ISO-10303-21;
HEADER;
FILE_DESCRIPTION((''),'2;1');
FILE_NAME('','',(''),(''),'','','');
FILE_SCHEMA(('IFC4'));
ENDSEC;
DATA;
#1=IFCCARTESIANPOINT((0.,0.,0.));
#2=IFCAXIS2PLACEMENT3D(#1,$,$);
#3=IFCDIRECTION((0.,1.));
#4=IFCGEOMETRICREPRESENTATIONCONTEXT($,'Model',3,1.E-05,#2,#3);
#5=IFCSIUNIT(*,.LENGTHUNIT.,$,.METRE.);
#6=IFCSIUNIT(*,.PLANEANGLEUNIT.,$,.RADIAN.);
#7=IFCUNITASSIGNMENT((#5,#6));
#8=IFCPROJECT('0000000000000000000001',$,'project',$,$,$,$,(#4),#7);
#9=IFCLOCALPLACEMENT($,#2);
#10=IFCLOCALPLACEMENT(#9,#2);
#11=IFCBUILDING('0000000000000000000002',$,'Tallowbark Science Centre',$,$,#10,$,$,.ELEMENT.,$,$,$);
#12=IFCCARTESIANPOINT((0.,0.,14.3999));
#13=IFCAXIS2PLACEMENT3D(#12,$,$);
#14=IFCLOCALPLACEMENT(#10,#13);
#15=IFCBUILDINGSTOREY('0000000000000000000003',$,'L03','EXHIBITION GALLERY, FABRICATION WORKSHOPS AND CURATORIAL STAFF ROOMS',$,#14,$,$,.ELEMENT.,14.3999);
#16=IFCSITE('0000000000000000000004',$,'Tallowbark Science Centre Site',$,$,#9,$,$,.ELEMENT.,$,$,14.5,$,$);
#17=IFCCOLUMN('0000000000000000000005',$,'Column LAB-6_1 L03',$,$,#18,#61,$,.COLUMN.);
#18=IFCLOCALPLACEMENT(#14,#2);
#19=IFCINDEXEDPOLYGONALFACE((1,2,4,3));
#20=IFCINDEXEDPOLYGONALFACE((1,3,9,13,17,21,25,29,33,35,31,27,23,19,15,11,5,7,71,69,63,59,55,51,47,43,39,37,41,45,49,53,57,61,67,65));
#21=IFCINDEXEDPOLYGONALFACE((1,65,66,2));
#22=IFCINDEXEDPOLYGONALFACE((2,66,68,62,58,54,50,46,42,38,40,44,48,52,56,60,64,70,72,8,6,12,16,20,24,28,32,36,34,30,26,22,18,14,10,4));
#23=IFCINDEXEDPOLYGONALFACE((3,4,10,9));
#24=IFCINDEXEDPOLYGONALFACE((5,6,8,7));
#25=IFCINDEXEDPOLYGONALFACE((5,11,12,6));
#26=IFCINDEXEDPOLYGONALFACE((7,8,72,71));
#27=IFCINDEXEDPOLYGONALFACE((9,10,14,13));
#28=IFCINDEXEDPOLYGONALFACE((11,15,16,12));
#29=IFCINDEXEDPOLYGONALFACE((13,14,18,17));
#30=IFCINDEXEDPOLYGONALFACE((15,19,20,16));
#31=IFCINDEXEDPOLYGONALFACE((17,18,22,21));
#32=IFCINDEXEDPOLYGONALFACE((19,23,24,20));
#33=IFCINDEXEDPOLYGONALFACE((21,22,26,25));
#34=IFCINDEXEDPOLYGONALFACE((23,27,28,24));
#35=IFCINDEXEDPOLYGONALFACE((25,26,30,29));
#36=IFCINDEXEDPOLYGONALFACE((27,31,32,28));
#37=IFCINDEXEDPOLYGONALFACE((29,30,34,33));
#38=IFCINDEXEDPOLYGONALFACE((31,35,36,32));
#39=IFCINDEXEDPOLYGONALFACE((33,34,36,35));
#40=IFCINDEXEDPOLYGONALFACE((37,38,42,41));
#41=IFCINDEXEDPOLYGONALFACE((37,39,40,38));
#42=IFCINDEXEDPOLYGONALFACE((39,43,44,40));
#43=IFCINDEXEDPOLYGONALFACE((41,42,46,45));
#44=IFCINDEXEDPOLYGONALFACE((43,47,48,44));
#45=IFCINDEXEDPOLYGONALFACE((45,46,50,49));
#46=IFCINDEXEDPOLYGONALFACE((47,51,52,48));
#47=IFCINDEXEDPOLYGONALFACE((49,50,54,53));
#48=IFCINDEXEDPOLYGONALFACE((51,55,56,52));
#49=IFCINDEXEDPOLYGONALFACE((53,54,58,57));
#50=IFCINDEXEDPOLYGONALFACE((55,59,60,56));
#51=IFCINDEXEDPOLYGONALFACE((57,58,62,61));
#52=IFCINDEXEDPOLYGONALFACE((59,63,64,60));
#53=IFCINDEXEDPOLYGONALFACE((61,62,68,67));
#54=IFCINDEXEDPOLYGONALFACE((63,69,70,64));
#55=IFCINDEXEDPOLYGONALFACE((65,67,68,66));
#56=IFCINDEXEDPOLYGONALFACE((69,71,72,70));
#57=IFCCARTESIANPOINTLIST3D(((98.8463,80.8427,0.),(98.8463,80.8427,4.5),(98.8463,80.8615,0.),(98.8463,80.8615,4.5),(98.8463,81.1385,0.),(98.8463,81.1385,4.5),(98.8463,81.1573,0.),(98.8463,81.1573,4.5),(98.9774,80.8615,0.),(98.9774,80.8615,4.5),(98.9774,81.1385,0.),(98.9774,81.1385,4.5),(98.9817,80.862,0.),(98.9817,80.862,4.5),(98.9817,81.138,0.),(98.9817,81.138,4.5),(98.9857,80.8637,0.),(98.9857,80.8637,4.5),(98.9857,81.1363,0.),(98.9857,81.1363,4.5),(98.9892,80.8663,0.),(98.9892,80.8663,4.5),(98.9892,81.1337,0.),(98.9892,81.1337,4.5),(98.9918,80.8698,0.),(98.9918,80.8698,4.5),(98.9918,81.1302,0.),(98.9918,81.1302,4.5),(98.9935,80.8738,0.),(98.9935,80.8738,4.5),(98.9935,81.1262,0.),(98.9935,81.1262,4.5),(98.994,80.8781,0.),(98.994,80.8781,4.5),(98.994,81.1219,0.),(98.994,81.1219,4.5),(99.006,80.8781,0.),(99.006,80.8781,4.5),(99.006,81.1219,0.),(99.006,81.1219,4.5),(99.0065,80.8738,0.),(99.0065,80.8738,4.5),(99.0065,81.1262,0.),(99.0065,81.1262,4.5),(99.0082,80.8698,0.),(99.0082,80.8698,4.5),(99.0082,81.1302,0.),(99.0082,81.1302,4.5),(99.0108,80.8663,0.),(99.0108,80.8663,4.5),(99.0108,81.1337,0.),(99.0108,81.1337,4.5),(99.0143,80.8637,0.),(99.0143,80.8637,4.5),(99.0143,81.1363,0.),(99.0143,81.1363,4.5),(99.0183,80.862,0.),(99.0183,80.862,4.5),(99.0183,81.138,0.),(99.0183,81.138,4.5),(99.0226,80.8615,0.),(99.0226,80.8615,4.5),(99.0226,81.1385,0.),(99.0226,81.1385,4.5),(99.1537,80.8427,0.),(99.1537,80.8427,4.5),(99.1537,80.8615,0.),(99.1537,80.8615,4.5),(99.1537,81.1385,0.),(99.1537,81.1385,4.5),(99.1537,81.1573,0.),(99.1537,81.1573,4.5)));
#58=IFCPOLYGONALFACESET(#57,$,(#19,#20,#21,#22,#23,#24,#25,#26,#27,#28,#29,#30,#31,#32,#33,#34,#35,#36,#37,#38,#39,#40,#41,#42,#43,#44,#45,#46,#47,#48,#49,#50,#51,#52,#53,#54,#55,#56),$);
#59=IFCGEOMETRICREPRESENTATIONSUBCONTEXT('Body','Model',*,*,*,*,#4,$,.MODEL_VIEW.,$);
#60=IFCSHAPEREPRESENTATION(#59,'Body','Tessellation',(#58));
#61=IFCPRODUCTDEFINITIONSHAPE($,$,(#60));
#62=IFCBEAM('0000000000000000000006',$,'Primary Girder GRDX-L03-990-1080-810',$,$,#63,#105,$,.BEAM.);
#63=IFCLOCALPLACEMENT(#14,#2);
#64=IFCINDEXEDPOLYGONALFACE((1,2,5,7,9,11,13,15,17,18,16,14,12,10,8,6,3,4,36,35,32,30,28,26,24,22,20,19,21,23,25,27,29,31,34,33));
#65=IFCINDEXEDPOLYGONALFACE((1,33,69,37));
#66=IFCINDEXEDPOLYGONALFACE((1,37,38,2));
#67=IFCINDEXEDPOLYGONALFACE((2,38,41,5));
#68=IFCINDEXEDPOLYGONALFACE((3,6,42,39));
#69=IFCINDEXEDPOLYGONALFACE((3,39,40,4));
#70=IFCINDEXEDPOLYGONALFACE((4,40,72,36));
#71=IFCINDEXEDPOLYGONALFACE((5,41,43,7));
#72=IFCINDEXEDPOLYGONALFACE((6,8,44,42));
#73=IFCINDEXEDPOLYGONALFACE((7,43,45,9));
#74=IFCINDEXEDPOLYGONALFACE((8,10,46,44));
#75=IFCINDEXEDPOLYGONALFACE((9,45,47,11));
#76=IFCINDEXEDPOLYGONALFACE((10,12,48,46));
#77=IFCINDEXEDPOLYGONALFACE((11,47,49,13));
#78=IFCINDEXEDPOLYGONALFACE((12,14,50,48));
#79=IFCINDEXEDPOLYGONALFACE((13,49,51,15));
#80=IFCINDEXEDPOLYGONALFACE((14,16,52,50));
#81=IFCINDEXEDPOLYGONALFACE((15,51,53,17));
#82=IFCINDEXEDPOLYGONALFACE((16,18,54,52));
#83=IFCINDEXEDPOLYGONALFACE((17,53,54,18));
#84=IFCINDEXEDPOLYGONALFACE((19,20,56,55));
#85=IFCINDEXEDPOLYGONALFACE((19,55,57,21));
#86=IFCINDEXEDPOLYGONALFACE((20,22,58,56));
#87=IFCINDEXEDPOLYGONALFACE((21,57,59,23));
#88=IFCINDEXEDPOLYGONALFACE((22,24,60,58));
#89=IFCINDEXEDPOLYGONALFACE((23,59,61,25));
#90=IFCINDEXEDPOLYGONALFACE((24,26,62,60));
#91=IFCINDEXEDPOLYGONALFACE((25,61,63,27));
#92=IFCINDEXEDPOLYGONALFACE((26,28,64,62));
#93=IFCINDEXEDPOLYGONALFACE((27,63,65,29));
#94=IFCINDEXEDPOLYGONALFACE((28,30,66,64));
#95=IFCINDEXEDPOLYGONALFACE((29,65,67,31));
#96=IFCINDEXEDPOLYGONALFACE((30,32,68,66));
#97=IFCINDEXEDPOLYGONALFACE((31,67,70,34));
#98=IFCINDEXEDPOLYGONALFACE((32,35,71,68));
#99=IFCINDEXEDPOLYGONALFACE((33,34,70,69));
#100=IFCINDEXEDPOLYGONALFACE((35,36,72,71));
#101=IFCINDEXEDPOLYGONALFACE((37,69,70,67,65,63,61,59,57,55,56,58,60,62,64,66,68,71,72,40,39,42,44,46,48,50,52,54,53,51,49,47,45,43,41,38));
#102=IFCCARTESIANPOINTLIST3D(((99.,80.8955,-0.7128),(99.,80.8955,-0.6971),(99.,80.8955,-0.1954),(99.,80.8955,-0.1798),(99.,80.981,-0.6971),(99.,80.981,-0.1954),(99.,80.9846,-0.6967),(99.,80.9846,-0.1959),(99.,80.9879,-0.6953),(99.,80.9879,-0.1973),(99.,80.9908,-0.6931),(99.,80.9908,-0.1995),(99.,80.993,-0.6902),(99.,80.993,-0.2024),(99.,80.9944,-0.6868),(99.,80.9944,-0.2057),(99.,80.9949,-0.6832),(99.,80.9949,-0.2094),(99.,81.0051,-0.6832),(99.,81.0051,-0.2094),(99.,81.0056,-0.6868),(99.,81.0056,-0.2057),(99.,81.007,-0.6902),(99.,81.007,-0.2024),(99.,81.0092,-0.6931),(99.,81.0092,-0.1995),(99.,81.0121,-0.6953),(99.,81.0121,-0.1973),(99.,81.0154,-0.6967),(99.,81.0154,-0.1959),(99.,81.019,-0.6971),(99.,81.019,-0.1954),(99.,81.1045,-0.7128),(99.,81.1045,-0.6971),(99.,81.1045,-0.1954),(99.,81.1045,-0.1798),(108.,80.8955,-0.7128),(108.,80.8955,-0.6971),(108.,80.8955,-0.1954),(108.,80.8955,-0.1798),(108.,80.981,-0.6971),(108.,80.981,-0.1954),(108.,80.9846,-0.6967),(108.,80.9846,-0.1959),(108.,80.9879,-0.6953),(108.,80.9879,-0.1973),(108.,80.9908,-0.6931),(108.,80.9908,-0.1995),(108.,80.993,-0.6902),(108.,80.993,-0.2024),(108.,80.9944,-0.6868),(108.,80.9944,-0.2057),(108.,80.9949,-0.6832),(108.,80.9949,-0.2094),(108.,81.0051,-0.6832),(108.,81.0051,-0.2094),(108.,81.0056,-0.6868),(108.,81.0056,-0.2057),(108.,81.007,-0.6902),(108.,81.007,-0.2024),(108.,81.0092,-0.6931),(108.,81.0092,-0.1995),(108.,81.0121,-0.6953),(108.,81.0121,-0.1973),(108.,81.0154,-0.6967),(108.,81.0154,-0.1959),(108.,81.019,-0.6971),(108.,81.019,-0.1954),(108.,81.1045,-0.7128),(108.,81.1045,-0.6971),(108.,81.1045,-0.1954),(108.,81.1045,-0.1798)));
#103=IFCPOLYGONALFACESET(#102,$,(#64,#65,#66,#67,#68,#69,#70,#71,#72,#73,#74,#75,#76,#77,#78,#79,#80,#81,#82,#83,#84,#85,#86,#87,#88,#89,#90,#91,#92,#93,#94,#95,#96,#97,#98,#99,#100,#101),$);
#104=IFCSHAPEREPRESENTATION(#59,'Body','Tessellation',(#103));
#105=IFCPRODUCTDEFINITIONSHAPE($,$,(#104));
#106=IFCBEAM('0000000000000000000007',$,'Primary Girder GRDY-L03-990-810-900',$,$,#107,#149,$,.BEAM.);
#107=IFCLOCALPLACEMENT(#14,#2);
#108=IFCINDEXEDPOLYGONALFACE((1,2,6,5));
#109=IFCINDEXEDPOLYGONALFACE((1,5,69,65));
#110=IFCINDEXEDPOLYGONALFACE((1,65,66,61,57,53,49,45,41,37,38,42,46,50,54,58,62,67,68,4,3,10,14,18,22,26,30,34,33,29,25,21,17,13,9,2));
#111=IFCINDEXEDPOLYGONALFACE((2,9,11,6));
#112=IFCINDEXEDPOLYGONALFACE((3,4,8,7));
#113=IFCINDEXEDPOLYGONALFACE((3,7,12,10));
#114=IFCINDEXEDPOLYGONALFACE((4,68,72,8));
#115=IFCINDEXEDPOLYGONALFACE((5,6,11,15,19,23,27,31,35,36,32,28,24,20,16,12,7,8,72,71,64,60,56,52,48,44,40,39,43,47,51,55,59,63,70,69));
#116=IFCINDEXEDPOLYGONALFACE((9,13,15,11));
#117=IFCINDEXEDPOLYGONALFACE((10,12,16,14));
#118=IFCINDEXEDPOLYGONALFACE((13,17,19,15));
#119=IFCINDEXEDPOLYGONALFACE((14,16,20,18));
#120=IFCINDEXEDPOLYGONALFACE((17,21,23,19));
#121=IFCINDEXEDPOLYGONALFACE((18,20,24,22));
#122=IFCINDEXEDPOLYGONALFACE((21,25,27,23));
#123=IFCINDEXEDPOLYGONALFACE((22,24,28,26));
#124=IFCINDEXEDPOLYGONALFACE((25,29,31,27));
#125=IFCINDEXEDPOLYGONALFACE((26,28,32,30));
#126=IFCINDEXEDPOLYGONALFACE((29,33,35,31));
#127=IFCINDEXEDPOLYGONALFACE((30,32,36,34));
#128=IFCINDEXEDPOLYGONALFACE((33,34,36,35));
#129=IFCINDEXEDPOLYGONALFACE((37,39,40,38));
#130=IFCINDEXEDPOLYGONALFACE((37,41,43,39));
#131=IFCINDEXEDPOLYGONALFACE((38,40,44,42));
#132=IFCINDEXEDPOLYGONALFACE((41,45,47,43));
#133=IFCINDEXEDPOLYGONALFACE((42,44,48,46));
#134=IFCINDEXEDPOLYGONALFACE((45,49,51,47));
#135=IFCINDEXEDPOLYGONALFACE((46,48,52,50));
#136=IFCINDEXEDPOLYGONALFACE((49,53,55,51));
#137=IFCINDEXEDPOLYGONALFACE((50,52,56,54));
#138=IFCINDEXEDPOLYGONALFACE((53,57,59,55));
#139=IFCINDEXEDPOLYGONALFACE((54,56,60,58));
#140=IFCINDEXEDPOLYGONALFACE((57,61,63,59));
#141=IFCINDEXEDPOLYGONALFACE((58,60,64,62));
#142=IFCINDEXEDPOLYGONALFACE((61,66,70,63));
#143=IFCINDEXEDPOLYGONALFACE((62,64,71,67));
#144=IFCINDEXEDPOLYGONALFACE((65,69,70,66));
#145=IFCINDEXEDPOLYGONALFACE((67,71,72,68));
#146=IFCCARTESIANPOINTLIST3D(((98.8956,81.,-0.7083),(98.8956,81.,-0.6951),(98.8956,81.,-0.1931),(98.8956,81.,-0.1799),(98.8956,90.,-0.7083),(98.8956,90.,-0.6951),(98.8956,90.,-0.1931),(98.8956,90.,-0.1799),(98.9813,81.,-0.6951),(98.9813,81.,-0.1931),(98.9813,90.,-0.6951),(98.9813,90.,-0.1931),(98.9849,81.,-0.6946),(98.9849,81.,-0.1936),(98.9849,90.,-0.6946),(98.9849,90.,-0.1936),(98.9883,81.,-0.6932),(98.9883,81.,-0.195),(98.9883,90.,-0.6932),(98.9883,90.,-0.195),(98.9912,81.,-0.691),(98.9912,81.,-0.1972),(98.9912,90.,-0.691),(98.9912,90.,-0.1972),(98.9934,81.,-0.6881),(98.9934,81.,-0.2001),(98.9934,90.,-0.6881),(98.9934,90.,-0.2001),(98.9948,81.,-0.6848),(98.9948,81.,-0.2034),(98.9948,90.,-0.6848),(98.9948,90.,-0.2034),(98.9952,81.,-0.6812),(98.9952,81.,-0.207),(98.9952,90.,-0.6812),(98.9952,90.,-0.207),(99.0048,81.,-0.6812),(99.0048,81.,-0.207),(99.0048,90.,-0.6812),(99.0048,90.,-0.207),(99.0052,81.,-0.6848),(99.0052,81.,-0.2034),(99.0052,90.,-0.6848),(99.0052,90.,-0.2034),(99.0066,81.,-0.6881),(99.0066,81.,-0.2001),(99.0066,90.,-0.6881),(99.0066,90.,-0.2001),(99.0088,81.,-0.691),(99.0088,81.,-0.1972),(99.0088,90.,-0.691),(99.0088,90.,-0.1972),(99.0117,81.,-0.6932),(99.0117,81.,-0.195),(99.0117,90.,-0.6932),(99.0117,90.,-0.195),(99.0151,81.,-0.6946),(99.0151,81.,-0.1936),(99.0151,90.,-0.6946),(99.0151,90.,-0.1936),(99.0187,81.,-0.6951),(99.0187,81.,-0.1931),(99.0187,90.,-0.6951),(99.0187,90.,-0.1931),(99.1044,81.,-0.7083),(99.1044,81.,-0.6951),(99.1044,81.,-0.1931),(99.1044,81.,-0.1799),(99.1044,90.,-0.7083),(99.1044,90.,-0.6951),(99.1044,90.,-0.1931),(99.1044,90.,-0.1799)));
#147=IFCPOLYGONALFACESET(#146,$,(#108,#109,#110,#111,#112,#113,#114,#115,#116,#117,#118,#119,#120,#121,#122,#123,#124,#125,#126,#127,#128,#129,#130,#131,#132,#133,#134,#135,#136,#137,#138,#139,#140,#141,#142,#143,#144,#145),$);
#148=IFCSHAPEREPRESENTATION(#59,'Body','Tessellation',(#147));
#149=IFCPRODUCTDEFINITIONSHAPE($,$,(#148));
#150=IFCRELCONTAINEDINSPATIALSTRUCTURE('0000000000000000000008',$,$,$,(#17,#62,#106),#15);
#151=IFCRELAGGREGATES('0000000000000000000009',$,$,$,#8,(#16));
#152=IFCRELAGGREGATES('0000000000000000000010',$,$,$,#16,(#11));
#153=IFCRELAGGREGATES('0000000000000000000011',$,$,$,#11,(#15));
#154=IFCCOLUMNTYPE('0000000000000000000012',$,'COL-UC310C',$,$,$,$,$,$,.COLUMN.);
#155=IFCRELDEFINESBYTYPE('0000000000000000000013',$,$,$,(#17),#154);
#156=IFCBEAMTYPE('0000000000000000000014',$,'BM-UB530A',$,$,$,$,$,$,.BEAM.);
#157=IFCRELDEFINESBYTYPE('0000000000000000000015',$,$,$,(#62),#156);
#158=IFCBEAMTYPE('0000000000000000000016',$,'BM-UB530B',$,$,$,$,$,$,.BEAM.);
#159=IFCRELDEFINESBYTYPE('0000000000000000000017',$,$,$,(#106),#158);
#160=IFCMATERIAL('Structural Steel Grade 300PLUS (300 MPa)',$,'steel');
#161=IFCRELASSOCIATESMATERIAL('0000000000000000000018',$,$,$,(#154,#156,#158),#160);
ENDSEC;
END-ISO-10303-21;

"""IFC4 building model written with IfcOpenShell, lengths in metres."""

from ifc_helpers import new_model, si_unit, direction, frame, origin, origin_2d, place, context, subcontext, project, spatial, i_section, extrude, material, material_profile, profile_set, type_object, element, save


model = new_model("IFC4")

# Units and contexts
model_context = context("Model", 3, precision=1e-05, world=origin(), true_north=direction((0.0, 1.0)))
body_context = subcontext(model_context, "Body", "Model", "MODEL_VIEW")
ifc_project = project(units=[si_unit("LENGTHUNIT", "METRE"), si_unit("PLANEANGLEUNIT", "RADIAN")], contexts=[model_context])

# Site, building, storey
site_placement = place(None, origin())
site = spatial("IfcSite", under=ifc_project, at=site_placement, Name="Tallowbark Science Centre Site", CompositionType="ELEMENT", RefElevation=14.5)
building_placement = place(site_placement, origin())
building = spatial("IfcBuilding", under=site, at=building_placement, Name="Tallowbark Science Centre", CompositionType="ELEMENT")
storey_placement = place(building_placement, frame((0.0, 0.0, 14.3999)))
storey = spatial("IfcBuildingStorey", under=building, at=storey_placement, Name="L03", Description="EXHIBITION GALLERY, FABRICATION WORKSHOPS AND CURATORIAL STAFF ROOMS", CompositionType="ELEMENT", Elevation=14.3999)

# Column
ifc_material_1 = material(Name="Structural Steel Grade 300PLUS (300 MPa)", Category="steel")
ifc_material_profile_1 = material_profile(ifc_material_1, i_section(OverallWidth=0.3074, OverallDepth=0.3147, WebThickness=0.012, FlangeThickness=0.0188, FilletRadius=0.0166, at=origin_2d()), Name="310UC118")
ifc_profile_set_1 = profile_set([ifc_material_profile_1], Name="Structural Steel Grade 300PLUS (300 MPa)")
column_type = type_object("IfcColumnType", Name="COL-UC310C", PredefinedType="COLUMN", material=ifc_profile_set_1)
column_placement = place(storey_placement, frame((99.0, 81.0, 0.0), z_axis=(0.0, 0.0, 1.0), x_axis=(1.0, 0.0, 0.0)))
element("IfcColumn", 1, at=column_placement, inside=storey, type_object=column_type, Name="Column LAB-6_1 L03", PredefinedType="COLUMN", context=body_context, shape_type="SweptSolid", body=[
    extrude(i_section(OverallWidth=0.3074, OverallDepth=0.3147, WebThickness=0.012, FlangeThickness=0.0188, FilletRadius=0.0166, at=origin_2d()), origin(), (0.0, 0.0, 1.0), 4.5),
])

# Beams
ifc_material_profile_2 = material_profile(ifc_material_1, i_section(OverallWidth=0.209, OverallDepth=0.533, WebThickness=0.0103, FlangeThickness=0.0156, FilletRadius=0.0139, at=origin_2d()), Name="530UB92.4")
ifc_profile_set_2 = profile_set([ifc_material_profile_2], Name="Structural Steel Grade 300PLUS (300 MPa)")
beam_type_1 = type_object("IfcBeamType", Name="BM-UB530A", PredefinedType="BEAM", material=ifc_profile_set_2)
beam_1_placement = place(storey_placement, frame((99.0, 81.0, -0.4463), z_axis=(1.0, 0.0, 0.0), x_axis=(0.0, 1.0, 0.0)))
element("IfcBeam", 2, at=beam_1_placement, inside=storey, type_object=beam_type_1, Name="Primary Girder GRDX-L03-990-1080-810", PredefinedType="BEAM", context=body_context, shape_type="SweptSolid", body=[
    extrude(i_section(OverallWidth=0.209, OverallDepth=0.533, WebThickness=0.0103, FlangeThickness=0.0156, FilletRadius=0.0139, at=origin_2d()), origin(), (0.0, 0.0, 1.0), 9.0),
])
ifc_material_profile_3 = material_profile(ifc_material_1, i_section(OverallWidth=0.2087, OverallDepth=0.5283, WebThickness=0.0095, FlangeThickness=0.0132, FilletRadius=0.0139, at=origin_2d()), Name="530UB82.0")
ifc_profile_set_3 = profile_set([ifc_material_profile_3], Name="Structural Steel Grade 300PLUS (300 MPa)")
beam_type_2 = type_object("IfcBeamType", Name="BM-UB530B", PredefinedType="BEAM", material=ifc_profile_set_3)
beam_2_placement = place(storey_placement, frame((99.0, 81.0, -0.4441), z_axis=(0.0, 1.0, 0.0), x_axis=(-1.0, 0.0, 0.0)))
element("IfcBeam", 3, at=beam_2_placement, inside=storey, type_object=beam_type_2, Name="Primary Girder GRDY-L03-990-810-900", PredefinedType="BEAM", context=body_context, shape_type="SweptSolid", body=[
    extrude(i_section(OverallWidth=0.2087, OverallDepth=0.5283, WebThickness=0.0095, FlangeThickness=0.0132, FilletRadius=0.0139, at=origin_2d()), origin(), (0.0, 0.0, 1.0), 9.0),
])

save(model, "model.ifc")
